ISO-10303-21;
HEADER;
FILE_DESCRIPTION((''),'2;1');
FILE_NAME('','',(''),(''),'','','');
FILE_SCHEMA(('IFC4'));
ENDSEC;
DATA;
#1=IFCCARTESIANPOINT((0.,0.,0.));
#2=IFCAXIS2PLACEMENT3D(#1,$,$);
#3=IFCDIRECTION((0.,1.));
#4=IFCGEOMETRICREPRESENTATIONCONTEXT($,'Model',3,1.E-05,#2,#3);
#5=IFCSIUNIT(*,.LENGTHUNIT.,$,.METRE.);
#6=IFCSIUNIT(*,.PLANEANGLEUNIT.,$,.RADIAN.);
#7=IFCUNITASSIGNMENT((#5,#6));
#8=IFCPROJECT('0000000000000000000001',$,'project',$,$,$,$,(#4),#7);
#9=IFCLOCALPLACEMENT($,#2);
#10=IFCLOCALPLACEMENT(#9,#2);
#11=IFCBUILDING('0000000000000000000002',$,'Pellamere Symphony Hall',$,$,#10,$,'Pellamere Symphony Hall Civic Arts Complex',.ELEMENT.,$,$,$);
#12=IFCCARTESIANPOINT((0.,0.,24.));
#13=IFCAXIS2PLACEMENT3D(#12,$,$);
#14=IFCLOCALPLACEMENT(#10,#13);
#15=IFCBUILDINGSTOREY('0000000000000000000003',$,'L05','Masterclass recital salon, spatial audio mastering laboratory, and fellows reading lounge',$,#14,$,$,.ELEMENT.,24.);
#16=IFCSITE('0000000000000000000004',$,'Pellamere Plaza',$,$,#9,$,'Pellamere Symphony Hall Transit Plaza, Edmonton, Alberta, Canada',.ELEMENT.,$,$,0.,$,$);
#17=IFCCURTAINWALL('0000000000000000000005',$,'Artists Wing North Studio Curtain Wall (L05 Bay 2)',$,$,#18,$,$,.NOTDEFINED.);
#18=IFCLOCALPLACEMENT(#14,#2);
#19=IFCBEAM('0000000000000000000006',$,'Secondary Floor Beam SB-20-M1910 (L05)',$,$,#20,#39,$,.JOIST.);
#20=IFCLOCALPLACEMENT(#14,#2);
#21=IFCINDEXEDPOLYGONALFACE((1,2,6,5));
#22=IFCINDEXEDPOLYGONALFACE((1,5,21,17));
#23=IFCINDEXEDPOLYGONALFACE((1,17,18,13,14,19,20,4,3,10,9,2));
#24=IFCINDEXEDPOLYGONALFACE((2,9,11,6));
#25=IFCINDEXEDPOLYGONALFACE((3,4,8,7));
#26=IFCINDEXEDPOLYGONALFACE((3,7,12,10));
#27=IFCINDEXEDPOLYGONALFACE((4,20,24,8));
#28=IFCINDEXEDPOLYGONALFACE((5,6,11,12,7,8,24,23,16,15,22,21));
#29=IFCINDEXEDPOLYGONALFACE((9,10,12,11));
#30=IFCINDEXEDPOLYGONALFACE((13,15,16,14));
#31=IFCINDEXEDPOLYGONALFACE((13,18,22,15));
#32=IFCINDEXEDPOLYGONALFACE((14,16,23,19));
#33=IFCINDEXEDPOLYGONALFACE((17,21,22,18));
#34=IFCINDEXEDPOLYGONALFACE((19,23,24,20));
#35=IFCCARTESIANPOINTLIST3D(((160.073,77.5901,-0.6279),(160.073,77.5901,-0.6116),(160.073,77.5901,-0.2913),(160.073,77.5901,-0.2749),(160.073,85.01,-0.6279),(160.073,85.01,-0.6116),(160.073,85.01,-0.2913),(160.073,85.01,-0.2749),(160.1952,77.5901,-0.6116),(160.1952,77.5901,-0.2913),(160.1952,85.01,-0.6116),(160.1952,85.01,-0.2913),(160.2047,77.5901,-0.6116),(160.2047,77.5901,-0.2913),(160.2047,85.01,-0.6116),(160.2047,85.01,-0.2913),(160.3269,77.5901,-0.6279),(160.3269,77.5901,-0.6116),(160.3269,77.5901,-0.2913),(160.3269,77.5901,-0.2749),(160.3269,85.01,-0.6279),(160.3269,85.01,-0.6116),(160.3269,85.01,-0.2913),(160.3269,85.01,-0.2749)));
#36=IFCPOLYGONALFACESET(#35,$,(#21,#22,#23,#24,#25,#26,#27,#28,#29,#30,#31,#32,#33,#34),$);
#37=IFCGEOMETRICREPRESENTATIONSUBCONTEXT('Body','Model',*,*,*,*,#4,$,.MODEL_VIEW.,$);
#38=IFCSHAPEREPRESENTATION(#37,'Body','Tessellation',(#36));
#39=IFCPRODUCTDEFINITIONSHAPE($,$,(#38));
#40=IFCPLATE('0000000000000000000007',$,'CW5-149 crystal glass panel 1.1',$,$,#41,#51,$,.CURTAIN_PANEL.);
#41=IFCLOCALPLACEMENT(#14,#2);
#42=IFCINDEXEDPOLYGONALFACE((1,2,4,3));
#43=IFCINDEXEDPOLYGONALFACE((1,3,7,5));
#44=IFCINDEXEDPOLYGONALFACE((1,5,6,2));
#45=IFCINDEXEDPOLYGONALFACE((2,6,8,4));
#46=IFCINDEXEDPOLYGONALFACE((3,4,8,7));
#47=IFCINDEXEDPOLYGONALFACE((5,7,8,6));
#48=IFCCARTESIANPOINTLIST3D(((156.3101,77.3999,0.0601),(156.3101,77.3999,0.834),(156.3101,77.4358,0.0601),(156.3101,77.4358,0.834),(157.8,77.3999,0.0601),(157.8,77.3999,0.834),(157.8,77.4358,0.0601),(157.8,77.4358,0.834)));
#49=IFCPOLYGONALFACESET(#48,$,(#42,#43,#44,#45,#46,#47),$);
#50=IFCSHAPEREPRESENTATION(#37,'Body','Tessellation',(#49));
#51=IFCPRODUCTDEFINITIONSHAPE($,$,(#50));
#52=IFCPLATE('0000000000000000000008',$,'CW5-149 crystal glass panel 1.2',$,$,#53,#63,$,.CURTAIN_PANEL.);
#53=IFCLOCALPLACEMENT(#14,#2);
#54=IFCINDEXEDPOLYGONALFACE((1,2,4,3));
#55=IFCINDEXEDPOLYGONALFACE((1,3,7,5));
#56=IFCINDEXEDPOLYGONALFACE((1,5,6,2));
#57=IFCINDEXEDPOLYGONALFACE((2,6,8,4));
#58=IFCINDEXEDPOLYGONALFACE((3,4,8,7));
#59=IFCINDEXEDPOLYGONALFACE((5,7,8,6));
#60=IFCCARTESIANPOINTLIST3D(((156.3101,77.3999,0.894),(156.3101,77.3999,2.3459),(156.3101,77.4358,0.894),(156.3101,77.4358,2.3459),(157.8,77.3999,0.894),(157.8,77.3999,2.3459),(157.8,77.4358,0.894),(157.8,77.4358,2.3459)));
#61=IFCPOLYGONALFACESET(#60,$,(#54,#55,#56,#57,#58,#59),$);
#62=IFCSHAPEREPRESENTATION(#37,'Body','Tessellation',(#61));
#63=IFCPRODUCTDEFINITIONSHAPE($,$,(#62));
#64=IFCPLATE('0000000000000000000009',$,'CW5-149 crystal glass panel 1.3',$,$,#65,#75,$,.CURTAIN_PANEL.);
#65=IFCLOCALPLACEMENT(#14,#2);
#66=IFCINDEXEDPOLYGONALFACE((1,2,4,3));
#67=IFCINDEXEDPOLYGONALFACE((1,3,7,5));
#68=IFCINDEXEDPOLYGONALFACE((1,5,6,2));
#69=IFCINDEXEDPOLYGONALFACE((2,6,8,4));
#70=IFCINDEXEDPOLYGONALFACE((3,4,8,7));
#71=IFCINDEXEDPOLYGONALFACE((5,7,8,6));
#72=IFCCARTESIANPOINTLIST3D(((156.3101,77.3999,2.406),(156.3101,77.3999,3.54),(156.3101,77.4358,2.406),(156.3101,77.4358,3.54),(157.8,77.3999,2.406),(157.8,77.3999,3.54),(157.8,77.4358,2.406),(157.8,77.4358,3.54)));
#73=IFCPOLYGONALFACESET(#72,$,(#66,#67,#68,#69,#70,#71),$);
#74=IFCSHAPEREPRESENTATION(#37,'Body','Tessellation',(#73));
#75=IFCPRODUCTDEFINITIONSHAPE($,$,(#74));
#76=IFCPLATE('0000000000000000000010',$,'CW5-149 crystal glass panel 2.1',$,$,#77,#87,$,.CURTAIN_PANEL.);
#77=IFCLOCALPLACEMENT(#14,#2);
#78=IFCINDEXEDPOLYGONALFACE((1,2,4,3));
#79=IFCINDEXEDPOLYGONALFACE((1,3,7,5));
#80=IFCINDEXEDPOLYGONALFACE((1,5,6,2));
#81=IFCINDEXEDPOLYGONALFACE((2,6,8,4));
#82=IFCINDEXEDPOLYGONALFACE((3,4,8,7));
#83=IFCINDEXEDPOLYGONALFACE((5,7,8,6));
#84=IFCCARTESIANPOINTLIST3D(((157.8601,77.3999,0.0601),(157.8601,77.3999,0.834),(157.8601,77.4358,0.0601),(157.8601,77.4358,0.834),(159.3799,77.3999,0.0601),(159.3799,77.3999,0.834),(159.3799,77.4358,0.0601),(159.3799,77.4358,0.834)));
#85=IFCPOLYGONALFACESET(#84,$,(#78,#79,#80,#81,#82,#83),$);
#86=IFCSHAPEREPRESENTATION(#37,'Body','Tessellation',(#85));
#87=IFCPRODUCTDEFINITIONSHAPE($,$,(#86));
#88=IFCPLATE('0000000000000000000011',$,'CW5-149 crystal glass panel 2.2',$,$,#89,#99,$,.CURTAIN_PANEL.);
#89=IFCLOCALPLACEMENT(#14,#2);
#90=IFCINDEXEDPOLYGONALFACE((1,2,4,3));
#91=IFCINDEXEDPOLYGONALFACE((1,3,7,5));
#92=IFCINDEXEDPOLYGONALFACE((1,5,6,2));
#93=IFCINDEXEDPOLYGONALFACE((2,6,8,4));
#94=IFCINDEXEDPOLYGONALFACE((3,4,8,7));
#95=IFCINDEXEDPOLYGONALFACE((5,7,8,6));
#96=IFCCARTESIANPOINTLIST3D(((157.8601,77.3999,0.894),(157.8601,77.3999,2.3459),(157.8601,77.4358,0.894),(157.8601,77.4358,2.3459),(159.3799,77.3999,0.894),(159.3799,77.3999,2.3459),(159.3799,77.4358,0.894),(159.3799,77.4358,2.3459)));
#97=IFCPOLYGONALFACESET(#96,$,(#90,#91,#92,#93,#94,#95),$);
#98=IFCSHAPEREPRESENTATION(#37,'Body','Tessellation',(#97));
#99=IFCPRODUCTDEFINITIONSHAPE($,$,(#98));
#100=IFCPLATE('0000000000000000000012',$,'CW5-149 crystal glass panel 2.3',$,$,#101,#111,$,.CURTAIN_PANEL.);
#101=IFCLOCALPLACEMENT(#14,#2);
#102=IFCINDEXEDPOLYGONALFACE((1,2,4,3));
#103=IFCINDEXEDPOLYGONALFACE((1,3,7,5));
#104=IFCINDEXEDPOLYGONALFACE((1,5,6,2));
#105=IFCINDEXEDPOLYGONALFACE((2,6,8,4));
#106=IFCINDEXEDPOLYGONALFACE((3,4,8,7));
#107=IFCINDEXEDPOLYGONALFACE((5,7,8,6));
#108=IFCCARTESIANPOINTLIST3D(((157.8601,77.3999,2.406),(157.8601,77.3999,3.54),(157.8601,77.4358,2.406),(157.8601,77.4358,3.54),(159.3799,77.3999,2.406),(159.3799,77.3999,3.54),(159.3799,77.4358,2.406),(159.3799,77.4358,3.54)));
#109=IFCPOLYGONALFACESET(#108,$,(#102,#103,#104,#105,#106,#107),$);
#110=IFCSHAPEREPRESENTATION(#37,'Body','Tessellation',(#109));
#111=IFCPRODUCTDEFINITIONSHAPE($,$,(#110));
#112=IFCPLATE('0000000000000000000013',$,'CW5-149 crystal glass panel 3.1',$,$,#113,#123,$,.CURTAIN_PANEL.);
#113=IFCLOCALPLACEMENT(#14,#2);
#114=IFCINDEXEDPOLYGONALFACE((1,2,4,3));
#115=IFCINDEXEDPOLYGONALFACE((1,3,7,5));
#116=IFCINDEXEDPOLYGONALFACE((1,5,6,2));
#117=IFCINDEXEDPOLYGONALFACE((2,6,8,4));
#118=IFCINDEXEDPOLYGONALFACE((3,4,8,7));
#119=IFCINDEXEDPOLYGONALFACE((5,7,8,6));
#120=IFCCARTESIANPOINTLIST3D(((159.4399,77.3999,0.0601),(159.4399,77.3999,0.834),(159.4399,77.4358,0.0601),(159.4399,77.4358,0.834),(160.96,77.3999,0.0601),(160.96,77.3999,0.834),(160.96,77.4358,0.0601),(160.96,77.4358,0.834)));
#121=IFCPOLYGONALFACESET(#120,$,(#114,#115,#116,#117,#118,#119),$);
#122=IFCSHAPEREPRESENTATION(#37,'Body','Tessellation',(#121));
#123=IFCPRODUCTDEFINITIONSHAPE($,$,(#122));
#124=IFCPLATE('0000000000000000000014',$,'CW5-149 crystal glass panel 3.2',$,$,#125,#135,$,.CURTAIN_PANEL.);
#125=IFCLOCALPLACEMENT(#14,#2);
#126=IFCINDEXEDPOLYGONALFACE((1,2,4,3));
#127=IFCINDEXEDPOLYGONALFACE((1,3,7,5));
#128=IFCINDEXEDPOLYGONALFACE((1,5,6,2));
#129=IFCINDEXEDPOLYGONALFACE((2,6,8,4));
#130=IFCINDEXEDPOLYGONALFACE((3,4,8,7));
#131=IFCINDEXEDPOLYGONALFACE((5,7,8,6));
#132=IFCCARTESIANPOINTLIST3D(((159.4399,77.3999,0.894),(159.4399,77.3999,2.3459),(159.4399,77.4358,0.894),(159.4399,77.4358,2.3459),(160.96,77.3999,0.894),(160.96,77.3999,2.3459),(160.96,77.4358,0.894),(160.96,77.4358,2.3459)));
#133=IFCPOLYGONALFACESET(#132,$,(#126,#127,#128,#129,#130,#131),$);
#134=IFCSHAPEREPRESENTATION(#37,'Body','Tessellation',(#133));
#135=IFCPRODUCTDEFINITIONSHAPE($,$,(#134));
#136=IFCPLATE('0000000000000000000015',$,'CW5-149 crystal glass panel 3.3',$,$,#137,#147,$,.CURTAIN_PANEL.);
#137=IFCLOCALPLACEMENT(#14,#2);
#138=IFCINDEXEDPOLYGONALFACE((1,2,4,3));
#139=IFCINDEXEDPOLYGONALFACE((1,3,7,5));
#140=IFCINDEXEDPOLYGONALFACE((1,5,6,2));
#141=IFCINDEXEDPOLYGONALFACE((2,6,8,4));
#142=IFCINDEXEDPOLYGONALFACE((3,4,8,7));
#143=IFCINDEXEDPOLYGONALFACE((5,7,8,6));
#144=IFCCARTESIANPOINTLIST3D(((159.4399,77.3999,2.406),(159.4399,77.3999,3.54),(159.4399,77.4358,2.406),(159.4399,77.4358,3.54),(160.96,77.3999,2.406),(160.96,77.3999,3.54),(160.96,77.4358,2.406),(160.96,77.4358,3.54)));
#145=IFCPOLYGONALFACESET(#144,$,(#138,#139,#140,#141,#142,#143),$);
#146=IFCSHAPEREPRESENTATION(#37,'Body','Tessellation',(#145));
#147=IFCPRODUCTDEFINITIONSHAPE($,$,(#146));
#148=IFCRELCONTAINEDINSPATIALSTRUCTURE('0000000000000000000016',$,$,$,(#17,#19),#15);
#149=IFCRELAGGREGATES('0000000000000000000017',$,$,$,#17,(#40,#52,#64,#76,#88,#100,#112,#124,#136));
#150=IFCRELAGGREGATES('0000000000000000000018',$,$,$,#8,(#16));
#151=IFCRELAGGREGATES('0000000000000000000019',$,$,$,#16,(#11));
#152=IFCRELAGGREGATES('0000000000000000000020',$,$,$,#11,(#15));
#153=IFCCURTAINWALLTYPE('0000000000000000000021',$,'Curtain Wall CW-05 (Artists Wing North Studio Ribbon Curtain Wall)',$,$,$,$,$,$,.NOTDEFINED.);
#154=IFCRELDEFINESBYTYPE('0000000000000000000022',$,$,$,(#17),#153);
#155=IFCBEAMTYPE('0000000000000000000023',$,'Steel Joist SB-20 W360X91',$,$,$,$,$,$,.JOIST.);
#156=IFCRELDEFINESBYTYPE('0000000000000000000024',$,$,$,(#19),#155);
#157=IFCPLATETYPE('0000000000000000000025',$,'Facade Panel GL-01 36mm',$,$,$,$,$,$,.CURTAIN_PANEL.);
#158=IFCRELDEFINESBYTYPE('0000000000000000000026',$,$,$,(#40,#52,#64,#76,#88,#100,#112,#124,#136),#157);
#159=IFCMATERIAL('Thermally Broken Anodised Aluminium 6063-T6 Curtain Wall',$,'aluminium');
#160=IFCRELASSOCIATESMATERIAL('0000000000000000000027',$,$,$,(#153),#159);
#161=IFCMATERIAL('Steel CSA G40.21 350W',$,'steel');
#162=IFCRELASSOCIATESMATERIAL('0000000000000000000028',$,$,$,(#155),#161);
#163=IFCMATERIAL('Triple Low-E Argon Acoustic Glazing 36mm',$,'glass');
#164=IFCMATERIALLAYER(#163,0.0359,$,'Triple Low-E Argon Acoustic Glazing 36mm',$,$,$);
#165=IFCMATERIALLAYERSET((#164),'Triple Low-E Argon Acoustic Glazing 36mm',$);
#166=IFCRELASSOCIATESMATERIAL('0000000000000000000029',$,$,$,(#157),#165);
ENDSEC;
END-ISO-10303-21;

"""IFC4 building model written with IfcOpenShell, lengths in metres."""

from ifc_helpers import new_model, si_unit, direction, frame, origin, origin_2d, place, context, subcontext, project, spatial, polyline, i_section, outline, extrude, material, layer, layer_set, material_profile, profile_set, type_object, element, aggregate, save


model = new_model("IFC4")

# Units and contexts
model_context = context("Model", 3, precision=1e-05, world=origin(), true_north=direction((0.0, 1.0)))
body_context = subcontext(model_context, "Body", "Model", "MODEL_VIEW")
ifc_project = project(units=[si_unit("LENGTHUNIT", "METRE"), si_unit("PLANEANGLEUNIT", "RADIAN")], contexts=[model_context])

# Site, building, storey
site_placement = place(None, origin())
site = spatial("IfcSite", under=ifc_project, at=site_placement, Name="Pellamere Plaza", LongName="Pellamere Symphony Hall Transit Plaza, Edmonton, Alberta, Canada", CompositionType="ELEMENT", RefElevation=0.0)
building_placement = place(site_placement, origin())
building = spatial("IfcBuilding", under=site, at=building_placement, Name="Pellamere Symphony Hall", LongName="Pellamere Symphony Hall Civic Arts Complex", CompositionType="ELEMENT")
storey_placement = place(building_placement, frame((0.0, 0.0, 24.0)))
storey = spatial("IfcBuildingStorey", under=building, at=storey_placement, Name="L05", Description="Masterclass recital salon, spatial audio mastering laboratory, and fellows reading lounge", CompositionType="ELEMENT", Elevation=24.0)

# Curtain wall
ifc_material_1 = material(Name="Thermally Broken Anodised Aluminium 6063-T6 Curtain Wall", Category="aluminium")
curtain_wall_type = type_object("IfcCurtainWallType", Name="Curtain Wall CW-05 (Artists Wing North Studio Ribbon Curtain Wall)", PredefinedType="NOTDEFINED", material=ifc_material_1)
curtain_wall_placement = place(storey_placement, origin())
curtain_wall = element("IfcCurtainWall", 1, at=curtain_wall_placement, inside=storey, type_object=curtain_wall_type, Name="Artists Wing North Studio Curtain Wall (L05 Bay 2)", PredefinedType="NOTDEFINED")

# Beam
ifc_material_2 = material(Name="Steel CSA G40.21 350W", Category="steel")
ifc_material_profile_1 = material_profile(ifc_material_2, i_section(OverallWidth=0.2539, OverallDepth=0.353, WebThickness=0.0095, FlangeThickness=0.0164, at=origin_2d()), Name="W360X91")
ifc_profile_set_1 = profile_set([ifc_material_profile_1], Name="Steel CSA G40.21 350W")
beam_type_1 = type_object("IfcBeamType", Name="Steel Joist SB-20 W360X91", PredefinedType="JOIST", material=ifc_profile_set_1)
beam_1_placement = place(storey_placement, frame((160.2, 77.5901, -0.4514), z_axis=(0.0, 1.0, 0.0), x_axis=(-1.0, 0.0, 0.0)))
element("IfcBeam", 2, at=beam_1_placement, inside=storey, type_object=beam_type_1, Name="Secondary Floor Beam SB-20-M1910 (L05)", PredefinedType="JOIST", context=body_context, shape_type="SweptSolid", body=[
    extrude(i_section(OverallWidth=0.2539, OverallDepth=0.353, WebThickness=0.0095, FlangeThickness=0.0164, at=origin_2d()), origin(), (0.0, 0.0, 1.0), 7.4199),
])

# Plates
ifc_material_3 = material(Name="Triple Low-E Argon Acoustic Glazing 36mm", Category="glass")
ifc_layer = layer(ifc_material_3, 0.0359, Name="Triple Low-E Argon Acoustic Glazing 36mm")
ifc_layer_set = layer_set([ifc_layer], Name="Triple Low-E Argon Acoustic Glazing 36mm")
plate_type = type_object("IfcPlateType", Name="Facade Panel GL-01 36mm", PredefinedType="CURTAIN_PANEL", material=ifc_layer_set)
plate_1_placement = place(storey_placement, frame((156.3101, 77.3999, 0.0601), z_axis=(0.0, -1.0, 0.0), x_axis=(1.0, 0.0, 0.0)))
plate_1 = element("IfcPlate", 3, at=plate_1_placement, type_object=plate_type, Name="CW5-149 crystal glass panel 1.1", PredefinedType="CURTAIN_PANEL", context=body_context, shape_type="SweptSolid", body=[
    extrude(outline(polyline([(0.0, 0.0), (1.49, 0.0), (1.49, 0.7739), (0.0, 0.7739), (0.0, 0.0)])), origin(), (0.0, 0.0, -1.0), 0.0359),
])
plate_2_placement = place(storey_placement, frame((156.3101, 77.3999, 0.894), z_axis=(0.0, -1.0, 0.0), x_axis=(1.0, 0.0, 0.0)))
plate_2 = element("IfcPlate", 4, at=plate_2_placement, type_object=plate_type, Name="CW5-149 crystal glass panel 1.2", PredefinedType="CURTAIN_PANEL", context=body_context, shape_type="SweptSolid", body=[
    extrude(outline(polyline([(0.0, 0.0), (1.49, 0.0), (1.49, 1.4519), (0.0, 1.4519), (0.0, 0.0)])), origin(), (0.0, 0.0, -1.0), 0.0359),
])
plate_3_placement = place(storey_placement, frame((156.3101, 77.3999, 2.406), z_axis=(0.0, -1.0, 0.0), x_axis=(1.0, 0.0, 0.0)))
plate_3 = element("IfcPlate", 5, at=plate_3_placement, type_object=plate_type, Name="CW5-149 crystal glass panel 1.3", PredefinedType="CURTAIN_PANEL", context=body_context, shape_type="SweptSolid", body=[
    extrude(outline(polyline([(0.0, 0.0), (1.49, 0.0), (1.49, 1.134), (0.0, 1.134), (0.0, 0.0)])), origin(), (0.0, 0.0, -1.0), 0.0359),
])
plate_4_placement = place(storey_placement, frame((157.8601, 77.3999, 0.0601), z_axis=(0.0, -1.0, 0.0), x_axis=(1.0, 0.0, 0.0)))
plate_4 = element("IfcPlate", 6, at=plate_4_placement, type_object=plate_type, Name="CW5-149 crystal glass panel 2.1", PredefinedType="CURTAIN_PANEL", context=body_context, shape_type="SweptSolid", body=[
    extrude(outline(polyline([(0.0, 0.0), (1.5198, 0.0), (1.5198, 0.7739), (0.0, 0.7739), (0.0, 0.0)])), origin(), (0.0, 0.0, -1.0), 0.0359),
])
plate_5_placement = place(storey_placement, frame((157.8601, 77.3999, 0.894), z_axis=(0.0, -1.0, 0.0), x_axis=(1.0, 0.0, 0.0)))
plate_5 = element("IfcPlate", 7, at=plate_5_placement, type_object=plate_type, Name="CW5-149 crystal glass panel 2.2", PredefinedType="CURTAIN_PANEL", context=body_context, shape_type="SweptSolid", body=[
    extrude(outline(polyline([(0.0, 0.0), (1.5198, 0.0), (1.5198, 1.4519), (0.0, 1.4519), (0.0, 0.0)])), origin(), (0.0, 0.0, -1.0), 0.0359),
])
plate_6_placement = place(storey_placement, frame((157.8601, 77.3999, 2.406), z_axis=(0.0, -1.0, 0.0), x_axis=(1.0, 0.0, 0.0)))
plate_6 = element("IfcPlate", 8, at=plate_6_placement, type_object=plate_type, Name="CW5-149 crystal glass panel 2.3", PredefinedType="CURTAIN_PANEL", context=body_context, shape_type="SweptSolid", body=[
    extrude(outline(polyline([(0.0, 0.0), (1.5198, 0.0), (1.5198, 1.134), (0.0, 1.134), (0.0, 0.0)])), origin(), (0.0, 0.0, -1.0), 0.0359),
])
plate_7_placement = place(storey_placement, frame((159.4399, 77.3999, 0.0601), z_axis=(0.0, -1.0, 0.0), x_axis=(1.0, 0.0, 0.0)))
plate_7 = element("IfcPlate", 9, at=plate_7_placement, type_object=plate_type, Name="CW5-149 crystal glass panel 3.1", PredefinedType="CURTAIN_PANEL", context=body_context, shape_type="SweptSolid", body=[
    extrude(outline(polyline([(0.0, 0.0), (1.52, 0.0), (1.52, 0.7739), (0.0, 0.7739), (0.0, 0.0)])), origin(), (0.0, 0.0, -1.0), 0.0359),
])
plate_8_placement = place(storey_placement, frame((159.4399, 77.3999, 0.894), z_axis=(0.0, -1.0, 0.0), x_axis=(1.0, 0.0, 0.0)))
plate_8 = element("IfcPlate", 10, at=plate_8_placement, type_object=plate_type, Name="CW5-149 crystal glass panel 3.2", PredefinedType="CURTAIN_PANEL", context=body_context, shape_type="SweptSolid", body=[
    extrude(outline(polyline([(0.0, 0.0), (1.52, 0.0), (1.52, 1.4519), (0.0, 1.4519), (0.0, 0.0)])), origin(), (0.0, 0.0, -1.0), 0.0359),
])
plate_9_placement = place(storey_placement, frame((159.4399, 77.3999, 2.406), z_axis=(0.0, -1.0, 0.0), x_axis=(1.0, 0.0, 0.0)))
plate_9 = element("IfcPlate", 11, at=plate_9_placement, type_object=plate_type, Name="CW5-149 crystal glass panel 3.3", PredefinedType="CURTAIN_PANEL", context=body_context, shape_type="SweptSolid", body=[
    extrude(outline(polyline([(0.0, 0.0), (1.52, 0.0), (1.52, 1.134), (0.0, 1.134), (0.0, 0.0)])), origin(), (0.0, 0.0, -1.0), 0.0359),
])
aggregate(curtain_wall, [plate_1, plate_2, plate_3, plate_4, plate_5, plate_6, plate_7, plate_8, plate_9])

save(model, "model.ifc")
